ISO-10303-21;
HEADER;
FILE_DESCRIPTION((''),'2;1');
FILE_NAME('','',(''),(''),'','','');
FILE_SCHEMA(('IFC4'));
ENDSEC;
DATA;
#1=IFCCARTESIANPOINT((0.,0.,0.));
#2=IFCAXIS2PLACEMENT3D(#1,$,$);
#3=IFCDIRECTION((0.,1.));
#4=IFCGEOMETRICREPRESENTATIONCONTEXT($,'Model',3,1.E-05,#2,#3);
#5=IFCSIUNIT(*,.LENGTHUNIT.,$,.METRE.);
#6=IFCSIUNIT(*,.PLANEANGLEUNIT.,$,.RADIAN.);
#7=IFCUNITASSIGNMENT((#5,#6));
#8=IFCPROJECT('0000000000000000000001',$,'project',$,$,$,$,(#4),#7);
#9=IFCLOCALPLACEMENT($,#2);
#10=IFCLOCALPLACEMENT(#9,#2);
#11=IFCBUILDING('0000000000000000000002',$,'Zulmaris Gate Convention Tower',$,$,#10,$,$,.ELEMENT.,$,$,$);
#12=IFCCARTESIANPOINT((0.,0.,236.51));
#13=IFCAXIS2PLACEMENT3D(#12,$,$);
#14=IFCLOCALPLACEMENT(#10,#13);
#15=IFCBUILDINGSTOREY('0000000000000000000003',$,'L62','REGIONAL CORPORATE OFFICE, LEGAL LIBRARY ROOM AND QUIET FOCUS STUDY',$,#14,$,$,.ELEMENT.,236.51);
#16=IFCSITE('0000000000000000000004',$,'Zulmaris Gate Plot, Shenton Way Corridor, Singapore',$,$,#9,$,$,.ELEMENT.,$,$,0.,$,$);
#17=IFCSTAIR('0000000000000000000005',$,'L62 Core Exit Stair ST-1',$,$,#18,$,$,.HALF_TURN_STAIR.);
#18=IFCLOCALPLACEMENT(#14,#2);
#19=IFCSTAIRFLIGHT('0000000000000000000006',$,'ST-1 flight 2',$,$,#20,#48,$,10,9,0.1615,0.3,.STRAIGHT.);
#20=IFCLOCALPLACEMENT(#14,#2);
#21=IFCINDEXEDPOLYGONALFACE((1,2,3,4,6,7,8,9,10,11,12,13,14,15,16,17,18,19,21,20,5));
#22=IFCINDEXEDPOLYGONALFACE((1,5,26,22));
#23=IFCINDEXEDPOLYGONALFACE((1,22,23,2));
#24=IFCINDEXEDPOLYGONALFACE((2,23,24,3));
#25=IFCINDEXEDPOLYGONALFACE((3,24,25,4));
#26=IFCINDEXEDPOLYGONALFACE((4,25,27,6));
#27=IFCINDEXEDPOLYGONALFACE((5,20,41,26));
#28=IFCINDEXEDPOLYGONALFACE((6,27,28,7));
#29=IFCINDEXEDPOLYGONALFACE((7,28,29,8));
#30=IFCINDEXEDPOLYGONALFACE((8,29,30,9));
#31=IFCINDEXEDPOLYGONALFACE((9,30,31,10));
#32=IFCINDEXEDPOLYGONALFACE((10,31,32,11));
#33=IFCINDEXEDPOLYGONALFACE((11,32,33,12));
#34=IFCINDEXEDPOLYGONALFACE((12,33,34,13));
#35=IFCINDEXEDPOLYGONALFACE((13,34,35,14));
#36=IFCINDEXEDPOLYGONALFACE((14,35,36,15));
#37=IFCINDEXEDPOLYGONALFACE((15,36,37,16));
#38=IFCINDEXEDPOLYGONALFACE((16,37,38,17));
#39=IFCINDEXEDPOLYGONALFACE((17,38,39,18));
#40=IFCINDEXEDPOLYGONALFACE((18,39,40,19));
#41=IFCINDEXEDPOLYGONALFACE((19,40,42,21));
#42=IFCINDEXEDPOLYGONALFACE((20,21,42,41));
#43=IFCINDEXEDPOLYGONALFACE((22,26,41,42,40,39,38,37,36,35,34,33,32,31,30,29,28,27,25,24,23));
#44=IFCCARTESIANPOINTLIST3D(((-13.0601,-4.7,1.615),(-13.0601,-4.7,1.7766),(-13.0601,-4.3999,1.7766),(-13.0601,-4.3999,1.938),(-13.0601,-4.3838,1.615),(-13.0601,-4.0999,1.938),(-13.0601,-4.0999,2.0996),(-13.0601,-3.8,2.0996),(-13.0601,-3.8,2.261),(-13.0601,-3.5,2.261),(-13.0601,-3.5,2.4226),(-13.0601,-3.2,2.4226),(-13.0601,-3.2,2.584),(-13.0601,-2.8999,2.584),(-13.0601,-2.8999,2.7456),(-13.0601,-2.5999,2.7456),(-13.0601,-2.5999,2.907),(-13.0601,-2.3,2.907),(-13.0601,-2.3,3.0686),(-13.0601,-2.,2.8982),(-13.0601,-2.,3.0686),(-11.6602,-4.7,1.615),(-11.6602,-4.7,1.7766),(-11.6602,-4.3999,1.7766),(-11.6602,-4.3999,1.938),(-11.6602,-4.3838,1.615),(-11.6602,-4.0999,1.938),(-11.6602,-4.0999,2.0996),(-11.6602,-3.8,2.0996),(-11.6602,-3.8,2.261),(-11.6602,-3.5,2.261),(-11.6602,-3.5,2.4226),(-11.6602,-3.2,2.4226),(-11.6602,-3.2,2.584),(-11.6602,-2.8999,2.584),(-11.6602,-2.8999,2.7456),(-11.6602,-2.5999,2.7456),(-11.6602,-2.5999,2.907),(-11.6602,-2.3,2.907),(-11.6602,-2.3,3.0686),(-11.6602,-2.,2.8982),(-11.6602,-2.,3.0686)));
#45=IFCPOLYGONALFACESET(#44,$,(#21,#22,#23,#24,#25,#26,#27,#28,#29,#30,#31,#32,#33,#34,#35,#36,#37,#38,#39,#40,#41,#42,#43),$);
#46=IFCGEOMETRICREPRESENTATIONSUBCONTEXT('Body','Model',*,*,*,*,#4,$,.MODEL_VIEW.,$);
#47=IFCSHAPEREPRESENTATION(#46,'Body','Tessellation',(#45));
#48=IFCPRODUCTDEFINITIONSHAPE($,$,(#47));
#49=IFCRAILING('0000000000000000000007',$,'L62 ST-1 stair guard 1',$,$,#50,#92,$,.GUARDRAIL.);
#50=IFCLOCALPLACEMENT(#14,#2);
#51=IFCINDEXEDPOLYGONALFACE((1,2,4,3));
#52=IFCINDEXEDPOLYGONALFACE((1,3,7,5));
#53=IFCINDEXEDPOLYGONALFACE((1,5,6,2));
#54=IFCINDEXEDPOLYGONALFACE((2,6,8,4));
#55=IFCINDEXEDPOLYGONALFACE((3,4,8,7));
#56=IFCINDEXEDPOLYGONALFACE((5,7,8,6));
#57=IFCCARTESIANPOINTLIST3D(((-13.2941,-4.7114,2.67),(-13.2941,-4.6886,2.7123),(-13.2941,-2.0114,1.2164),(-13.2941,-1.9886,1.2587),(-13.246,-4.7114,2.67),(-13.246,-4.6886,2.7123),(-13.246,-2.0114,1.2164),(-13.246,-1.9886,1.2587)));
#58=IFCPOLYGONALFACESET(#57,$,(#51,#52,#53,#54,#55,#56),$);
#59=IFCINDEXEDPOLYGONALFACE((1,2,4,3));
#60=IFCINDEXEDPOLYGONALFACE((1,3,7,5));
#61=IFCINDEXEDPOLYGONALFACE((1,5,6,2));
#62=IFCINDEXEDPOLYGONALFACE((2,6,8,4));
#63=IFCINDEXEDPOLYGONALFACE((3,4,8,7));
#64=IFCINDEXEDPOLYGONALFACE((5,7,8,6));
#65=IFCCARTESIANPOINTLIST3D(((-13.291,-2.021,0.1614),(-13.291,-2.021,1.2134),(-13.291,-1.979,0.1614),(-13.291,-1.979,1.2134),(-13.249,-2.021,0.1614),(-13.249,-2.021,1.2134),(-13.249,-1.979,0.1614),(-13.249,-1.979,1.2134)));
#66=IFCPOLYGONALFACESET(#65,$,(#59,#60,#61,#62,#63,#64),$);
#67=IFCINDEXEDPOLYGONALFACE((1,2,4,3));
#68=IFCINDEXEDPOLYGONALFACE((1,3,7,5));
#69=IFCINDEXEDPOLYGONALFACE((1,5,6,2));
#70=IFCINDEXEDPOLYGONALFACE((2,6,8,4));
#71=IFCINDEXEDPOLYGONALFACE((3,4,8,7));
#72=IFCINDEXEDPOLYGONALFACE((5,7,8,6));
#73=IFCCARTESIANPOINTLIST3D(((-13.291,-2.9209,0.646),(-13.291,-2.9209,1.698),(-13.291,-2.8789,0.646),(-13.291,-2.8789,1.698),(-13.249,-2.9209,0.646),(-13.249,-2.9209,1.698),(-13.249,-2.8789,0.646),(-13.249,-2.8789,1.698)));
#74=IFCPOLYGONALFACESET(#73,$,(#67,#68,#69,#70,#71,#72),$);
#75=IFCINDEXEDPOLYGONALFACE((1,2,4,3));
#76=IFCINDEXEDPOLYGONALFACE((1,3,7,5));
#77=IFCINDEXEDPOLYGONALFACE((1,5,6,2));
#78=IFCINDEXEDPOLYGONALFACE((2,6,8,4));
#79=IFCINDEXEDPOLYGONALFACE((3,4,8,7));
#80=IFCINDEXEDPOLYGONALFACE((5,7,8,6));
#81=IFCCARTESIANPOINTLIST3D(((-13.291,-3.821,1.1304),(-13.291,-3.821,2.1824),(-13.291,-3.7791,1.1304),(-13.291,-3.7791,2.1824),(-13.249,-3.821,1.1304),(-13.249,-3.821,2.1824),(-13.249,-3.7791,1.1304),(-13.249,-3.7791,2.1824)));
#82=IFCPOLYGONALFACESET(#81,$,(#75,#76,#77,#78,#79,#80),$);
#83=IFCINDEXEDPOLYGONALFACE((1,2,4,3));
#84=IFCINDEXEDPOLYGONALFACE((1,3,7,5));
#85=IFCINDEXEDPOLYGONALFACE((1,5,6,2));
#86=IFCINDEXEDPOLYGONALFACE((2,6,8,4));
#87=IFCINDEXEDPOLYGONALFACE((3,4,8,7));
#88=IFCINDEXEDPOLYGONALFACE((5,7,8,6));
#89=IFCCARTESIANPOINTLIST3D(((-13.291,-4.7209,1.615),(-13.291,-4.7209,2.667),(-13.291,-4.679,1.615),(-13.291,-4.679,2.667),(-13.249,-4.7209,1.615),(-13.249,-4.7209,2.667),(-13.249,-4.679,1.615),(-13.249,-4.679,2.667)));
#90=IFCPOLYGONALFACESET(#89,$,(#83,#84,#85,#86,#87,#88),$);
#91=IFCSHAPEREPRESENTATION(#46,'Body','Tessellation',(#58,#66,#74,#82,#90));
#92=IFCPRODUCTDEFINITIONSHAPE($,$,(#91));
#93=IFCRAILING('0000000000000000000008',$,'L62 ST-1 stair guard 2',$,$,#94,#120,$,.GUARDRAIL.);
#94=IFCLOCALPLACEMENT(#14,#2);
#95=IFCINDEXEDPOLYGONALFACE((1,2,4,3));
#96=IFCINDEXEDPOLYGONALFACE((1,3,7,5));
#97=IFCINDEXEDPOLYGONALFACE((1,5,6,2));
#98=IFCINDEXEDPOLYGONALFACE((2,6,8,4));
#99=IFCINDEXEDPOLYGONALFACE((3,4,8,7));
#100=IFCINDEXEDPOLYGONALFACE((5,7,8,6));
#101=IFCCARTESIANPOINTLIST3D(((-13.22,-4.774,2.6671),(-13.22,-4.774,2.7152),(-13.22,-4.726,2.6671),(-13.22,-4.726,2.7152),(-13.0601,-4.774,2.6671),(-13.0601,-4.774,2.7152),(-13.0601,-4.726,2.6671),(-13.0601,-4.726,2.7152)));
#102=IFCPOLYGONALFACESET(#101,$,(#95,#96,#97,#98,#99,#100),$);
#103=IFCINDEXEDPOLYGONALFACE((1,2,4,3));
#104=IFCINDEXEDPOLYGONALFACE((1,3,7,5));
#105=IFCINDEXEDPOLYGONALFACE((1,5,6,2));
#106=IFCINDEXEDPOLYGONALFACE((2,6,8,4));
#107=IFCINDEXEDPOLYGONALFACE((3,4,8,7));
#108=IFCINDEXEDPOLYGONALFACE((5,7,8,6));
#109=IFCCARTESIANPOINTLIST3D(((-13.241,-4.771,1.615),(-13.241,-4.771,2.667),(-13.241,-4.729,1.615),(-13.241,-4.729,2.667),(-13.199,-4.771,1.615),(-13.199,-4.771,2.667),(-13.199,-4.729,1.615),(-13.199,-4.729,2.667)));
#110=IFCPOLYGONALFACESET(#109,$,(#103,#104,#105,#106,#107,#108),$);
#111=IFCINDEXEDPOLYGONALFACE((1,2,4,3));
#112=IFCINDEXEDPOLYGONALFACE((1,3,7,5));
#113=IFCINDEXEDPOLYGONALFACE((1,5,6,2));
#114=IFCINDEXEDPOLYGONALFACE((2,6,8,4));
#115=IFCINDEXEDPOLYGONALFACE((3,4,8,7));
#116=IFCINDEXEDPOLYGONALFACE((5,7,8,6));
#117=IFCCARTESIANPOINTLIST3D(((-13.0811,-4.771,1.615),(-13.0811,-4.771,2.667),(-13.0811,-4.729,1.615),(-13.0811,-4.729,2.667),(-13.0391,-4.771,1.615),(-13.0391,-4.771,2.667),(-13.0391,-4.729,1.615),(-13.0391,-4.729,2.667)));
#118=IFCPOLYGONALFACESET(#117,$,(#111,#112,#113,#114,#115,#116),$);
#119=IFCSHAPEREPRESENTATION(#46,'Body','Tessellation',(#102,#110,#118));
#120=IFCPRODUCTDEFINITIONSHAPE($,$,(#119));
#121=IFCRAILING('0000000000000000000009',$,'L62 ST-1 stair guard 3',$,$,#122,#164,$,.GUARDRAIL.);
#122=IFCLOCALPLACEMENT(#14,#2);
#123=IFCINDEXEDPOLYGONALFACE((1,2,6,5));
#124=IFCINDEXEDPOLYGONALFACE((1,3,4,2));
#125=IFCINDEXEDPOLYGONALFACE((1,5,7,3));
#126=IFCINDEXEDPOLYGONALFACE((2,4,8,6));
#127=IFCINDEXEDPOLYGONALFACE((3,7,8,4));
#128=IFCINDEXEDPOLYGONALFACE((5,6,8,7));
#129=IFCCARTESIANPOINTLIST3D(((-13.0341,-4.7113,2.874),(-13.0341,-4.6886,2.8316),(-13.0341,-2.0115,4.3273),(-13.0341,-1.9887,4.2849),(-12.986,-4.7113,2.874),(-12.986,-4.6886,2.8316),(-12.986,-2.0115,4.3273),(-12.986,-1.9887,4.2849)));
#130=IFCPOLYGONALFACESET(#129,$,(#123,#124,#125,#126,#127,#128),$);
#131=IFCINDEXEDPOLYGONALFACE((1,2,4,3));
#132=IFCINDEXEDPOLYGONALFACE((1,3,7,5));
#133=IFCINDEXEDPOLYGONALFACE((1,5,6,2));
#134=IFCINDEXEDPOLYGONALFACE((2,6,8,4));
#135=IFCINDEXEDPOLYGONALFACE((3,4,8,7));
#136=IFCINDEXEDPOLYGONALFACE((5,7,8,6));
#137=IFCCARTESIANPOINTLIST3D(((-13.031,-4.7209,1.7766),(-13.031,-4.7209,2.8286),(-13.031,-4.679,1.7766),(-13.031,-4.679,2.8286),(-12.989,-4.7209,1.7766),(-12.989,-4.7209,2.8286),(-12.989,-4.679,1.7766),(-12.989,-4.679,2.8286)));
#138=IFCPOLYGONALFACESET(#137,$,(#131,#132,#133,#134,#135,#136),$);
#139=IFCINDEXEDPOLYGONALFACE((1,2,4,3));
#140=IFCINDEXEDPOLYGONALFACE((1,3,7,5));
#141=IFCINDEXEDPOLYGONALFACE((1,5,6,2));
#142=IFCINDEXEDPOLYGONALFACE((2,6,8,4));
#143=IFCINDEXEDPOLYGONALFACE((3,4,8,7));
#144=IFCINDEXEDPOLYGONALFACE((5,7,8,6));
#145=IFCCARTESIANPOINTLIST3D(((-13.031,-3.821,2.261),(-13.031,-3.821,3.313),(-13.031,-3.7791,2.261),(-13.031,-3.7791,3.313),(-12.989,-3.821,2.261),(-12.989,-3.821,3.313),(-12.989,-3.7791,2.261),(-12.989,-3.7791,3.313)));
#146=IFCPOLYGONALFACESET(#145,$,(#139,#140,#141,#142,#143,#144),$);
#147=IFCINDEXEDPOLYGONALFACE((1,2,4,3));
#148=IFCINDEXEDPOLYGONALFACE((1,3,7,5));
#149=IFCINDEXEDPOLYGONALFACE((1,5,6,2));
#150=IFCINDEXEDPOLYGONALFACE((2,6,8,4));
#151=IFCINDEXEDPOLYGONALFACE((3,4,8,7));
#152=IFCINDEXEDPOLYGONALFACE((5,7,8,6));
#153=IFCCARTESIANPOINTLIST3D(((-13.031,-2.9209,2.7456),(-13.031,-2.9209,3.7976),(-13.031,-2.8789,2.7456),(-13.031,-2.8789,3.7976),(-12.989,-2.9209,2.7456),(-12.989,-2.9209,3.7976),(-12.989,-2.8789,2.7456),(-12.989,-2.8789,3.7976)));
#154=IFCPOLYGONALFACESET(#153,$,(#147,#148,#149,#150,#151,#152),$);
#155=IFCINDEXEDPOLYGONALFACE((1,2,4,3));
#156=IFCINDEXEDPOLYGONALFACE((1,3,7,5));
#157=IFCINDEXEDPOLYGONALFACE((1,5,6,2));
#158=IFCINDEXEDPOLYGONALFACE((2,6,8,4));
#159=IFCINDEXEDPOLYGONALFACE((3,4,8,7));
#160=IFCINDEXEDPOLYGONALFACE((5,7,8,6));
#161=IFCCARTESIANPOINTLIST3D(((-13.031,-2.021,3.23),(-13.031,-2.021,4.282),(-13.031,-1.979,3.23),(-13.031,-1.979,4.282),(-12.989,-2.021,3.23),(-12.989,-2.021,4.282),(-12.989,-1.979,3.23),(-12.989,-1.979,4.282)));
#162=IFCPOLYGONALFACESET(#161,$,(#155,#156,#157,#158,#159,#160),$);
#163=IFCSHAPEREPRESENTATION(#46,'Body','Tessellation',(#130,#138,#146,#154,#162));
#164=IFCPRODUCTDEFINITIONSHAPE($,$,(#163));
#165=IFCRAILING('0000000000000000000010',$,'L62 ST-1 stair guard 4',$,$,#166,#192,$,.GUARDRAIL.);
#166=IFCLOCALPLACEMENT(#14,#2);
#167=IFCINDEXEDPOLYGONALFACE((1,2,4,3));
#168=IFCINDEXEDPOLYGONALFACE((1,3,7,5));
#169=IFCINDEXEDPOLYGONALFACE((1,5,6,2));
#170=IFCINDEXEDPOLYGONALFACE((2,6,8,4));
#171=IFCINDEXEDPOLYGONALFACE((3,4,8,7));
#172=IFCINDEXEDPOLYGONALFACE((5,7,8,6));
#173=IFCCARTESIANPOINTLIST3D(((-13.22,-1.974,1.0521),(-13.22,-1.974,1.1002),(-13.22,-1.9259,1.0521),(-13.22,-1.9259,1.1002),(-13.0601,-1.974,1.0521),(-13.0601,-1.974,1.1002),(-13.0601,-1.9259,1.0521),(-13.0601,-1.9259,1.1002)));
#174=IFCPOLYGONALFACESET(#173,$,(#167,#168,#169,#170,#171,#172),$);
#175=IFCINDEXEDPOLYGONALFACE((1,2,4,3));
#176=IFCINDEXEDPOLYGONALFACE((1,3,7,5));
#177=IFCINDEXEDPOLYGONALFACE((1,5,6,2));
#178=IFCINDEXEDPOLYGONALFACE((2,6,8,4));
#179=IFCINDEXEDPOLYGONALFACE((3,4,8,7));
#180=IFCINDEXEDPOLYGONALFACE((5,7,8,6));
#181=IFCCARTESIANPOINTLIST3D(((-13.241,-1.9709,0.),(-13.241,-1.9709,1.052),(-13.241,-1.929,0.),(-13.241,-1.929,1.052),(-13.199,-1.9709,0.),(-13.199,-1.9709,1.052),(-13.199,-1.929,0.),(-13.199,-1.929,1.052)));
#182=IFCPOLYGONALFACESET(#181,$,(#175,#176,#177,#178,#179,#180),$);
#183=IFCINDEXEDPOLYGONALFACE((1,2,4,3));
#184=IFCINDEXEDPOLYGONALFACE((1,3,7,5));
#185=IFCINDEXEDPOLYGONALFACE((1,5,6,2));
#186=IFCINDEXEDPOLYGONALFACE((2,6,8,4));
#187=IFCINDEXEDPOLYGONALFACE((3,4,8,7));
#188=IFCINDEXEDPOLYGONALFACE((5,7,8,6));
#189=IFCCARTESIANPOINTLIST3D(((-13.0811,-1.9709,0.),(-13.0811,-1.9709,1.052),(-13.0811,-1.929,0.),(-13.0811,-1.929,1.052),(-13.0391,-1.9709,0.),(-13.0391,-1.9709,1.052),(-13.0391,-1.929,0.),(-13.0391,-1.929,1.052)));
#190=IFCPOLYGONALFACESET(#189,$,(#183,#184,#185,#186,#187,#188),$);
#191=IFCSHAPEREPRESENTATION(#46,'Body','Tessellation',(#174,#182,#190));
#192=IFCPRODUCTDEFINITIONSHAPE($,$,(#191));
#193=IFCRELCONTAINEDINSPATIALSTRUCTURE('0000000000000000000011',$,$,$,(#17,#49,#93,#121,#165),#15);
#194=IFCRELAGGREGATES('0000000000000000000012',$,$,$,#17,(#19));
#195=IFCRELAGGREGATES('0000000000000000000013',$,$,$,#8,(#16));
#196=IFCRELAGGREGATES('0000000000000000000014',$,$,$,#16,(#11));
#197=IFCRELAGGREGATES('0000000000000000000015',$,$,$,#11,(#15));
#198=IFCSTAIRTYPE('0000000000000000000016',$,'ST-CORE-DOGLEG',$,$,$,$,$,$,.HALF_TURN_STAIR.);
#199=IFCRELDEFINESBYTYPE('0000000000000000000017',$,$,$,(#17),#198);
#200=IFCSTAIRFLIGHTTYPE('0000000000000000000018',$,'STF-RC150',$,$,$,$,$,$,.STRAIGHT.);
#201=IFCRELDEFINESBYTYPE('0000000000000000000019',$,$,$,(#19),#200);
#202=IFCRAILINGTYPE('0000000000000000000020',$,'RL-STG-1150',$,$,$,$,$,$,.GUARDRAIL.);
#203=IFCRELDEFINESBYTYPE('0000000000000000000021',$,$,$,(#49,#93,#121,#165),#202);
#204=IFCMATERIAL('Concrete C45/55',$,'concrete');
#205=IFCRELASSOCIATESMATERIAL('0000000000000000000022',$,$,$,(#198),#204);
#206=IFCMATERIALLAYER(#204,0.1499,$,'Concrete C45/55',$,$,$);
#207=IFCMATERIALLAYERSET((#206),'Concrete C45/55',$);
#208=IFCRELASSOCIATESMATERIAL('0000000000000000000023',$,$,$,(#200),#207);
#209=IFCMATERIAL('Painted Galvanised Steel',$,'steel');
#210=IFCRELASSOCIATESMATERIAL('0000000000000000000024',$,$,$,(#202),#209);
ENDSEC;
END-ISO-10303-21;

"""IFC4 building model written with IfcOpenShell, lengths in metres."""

from ifc_helpers import new_model, si_unit, direction, frame, origin, origin_2d, place, context, subcontext, project, spatial, polyline, rectangle, outline, extrude, material, layer, layer_set, type_object, element, aggregate, save


model = new_model("IFC4")

# Units and contexts
model_context = context("Model", 3, precision=1e-05, world=origin(), true_north=direction((0.0, 1.0)))
body_context = subcontext(model_context, "Body", "Model", "MODEL_VIEW")
ifc_project = project(units=[si_unit("LENGTHUNIT", "METRE"), si_unit("PLANEANGLEUNIT", "RADIAN")], contexts=[model_context])

# Site, building, storey
site_placement = place(None, origin())
site = spatial("IfcSite", under=ifc_project, at=site_placement, Name="Zulmaris Gate Plot, Shenton Way Corridor, Singapore", CompositionType="ELEMENT", RefElevation=0.0)
building_placement = place(site_placement, origin())
building = spatial("IfcBuilding", under=site, at=building_placement, Name="Zulmaris Gate Convention Tower", CompositionType="ELEMENT")
storey_placement = place(building_placement, frame((0.0, 0.0, 236.51)))
storey = spatial("IfcBuildingStorey", under=building, at=storey_placement, Name="L62", Description="REGIONAL CORPORATE OFFICE, LEGAL LIBRARY ROOM AND QUIET FOCUS STUDY", CompositionType="ELEMENT", Elevation=236.51)

# Stair, stair flight
ifc_material_1 = material(Name="Concrete C45/55", Category="concrete")
stair_type = type_object("IfcStairType", Name="ST-CORE-DOGLEG", PredefinedType="HALF_TURN_STAIR", material=ifc_material_1)
stair_placement = place(storey_placement, origin())
stair = element("IfcStair", 1, at=stair_placement, inside=storey, type_object=stair_type, Name="L62 Core Exit Stair ST-1", PredefinedType="HALF_TURN_STAIR")
ifc_layer_1 = layer(ifc_material_1, 0.1499, Name="Concrete C45/55")
ifc_layer_set_1 = layer_set([ifc_layer_1], Name="Concrete C45/55")
stair_flight_type = type_object("IfcStairFlightType", Name="STF-RC150", PredefinedType="STRAIGHT", material=ifc_layer_set_1)
stair_flight_1_placement = place(storey_placement, frame((-12.3601, -4.7, 1.615), z_axis=(0.0, 0.0, 1.0), x_axis=(0.0, 1.0, 0.0)))
stair_flight_1 = element("IfcStairFlight", 2, at=stair_flight_1_placement, type_object=stair_flight_type, Name="ST-1 flight 2", NumberOfRisers=10, NumberOfTreads=9, PredefinedType="STRAIGHT", RiserHeight=0.1615, TreadLength=0.3, context=body_context, shape_type="SweptSolid", body=[
    extrude(outline(polyline([(0.0, 0.0), (0.0, 0.1616), (0.3, 0.1616), (0.3, 0.323), (0.6001, 0.323), (0.6001, 0.4846), (0.8999, 0.4846), (0.8999, 0.646), (1.2, 0.646), (1.2, 0.8076), (1.5, 0.8076), (1.5, 0.969), (1.8, 0.969), (1.8, 1.1306), (2.1001, 1.1306), (2.1001, 1.292), (2.3999, 1.292), (2.3999, 1.4536), (2.7, 1.4536), (2.7, 1.615), (2.7, 1.2832), (0.3162, 0.0), (0.0, 0.0)])), frame((0.0, 0.7, 0.0), z_axis=(0.0, -1.0, 0.0), x_axis=(1.0, 0.0, 0.0)), (0.0, 0.0, 1.0), 1.3999),
])
aggregate(stair, [stair_flight_1])

# Railings
ifc_material_2 = material(Name="Painted Galvanised Steel", Category="steel")
railing_type_1 = type_object("IfcRailingType", Name="RL-STG-1150", PredefinedType="GUARDRAIL", material=ifc_material_2)
railing_1_placement = place(storey_placement, frame((-13.27, -2.0, 0.1614)))
element("IfcRailing", 3, at=railing_1_placement, inside=storey, type_object=railing_type_1, Name="L62 ST-1 stair guard 1", PredefinedType="GUARDRAIL", context=body_context, shape_type="SweptSolid", body=[
    extrude(rectangle(XDim=0.0481, YDim=0.0481, at=origin_2d()), frame((0.0, 0.0, 1.0762), z_axis=(0.0, -0.880499, 0.474048), x_axis=(1.0, 0.0, 0.0)), (0.0, 0.0, 1.0), 3.0664),
    extrude(rectangle(XDim=0.042, YDim=0.042, at=origin_2d()), origin(), (0.0, 0.0, 1.0), 1.052),
    extrude(rectangle(XDim=0.042, YDim=0.042, at=origin_2d()), frame((0.0, -0.8999, 0.4846)), (0.0, 0.0, 1.0), 1.052),
    extrude(rectangle(XDim=0.042, YDim=0.042, at=origin_2d()), frame((0.0, -1.8, 0.969)), (0.0, 0.0, 1.0), 1.052),
    extrude(rectangle(XDim=0.042, YDim=0.042, at=origin_2d()), frame((0.0, -2.7, 1.4536)), (0.0, 0.0, 1.0), 1.052),
])
railing_2_placement = place(storey_placement, frame((-13.22, -4.75, 1.615)))
element("IfcRailing", 4, at=railing_2_placement, inside=storey, type_object=railing_type_1, Name="L62 ST-1 stair guard 2", PredefinedType="GUARDRAIL", context=body_context, shape_type="SweptSolid", body=[
    extrude(rectangle(XDim=0.0481, YDim=0.0481, at=origin_2d()), frame((0.0, 0.0, 1.0762), z_axis=(1.0, 0.0, 0.0), x_axis=(0.0, 1.0, 0.0)), (0.0, 0.0, 1.0), 0.1599),
    extrude(rectangle(XDim=0.042, YDim=0.042, at=origin_2d()), origin(), (0.0, 0.0, 1.0), 1.052),
    extrude(rectangle(XDim=0.042, YDim=0.042, at=origin_2d()), frame((0.1599, 0.0, 0.0)), (0.0, 0.0, 1.0), 1.052),
])
railing_3_placement = place(storey_placement, frame((-13.01, -4.7, 1.7766)))
element("IfcRailing", 5, at=railing_3_placement, inside=storey, type_object=railing_type_1, Name="L62 ST-1 stair guard 3", PredefinedType="GUARDRAIL", context=body_context, shape_type="SweptSolid", body=[
    extrude(rectangle(XDim=0.0481, YDim=0.0481, at=origin_2d()), frame((0.0, 0.0, 1.0762), z_axis=(0.0, 0.880532, 0.473986), x_axis=(-1.0, 0.0, 0.0)), (0.0, 0.0, 1.0), 3.0662),
    extrude(rectangle(XDim=0.042, YDim=0.042, at=origin_2d()), origin(), (0.0, 0.0, 1.0), 1.052),
    extrude(rectangle(XDim=0.042, YDim=0.042, at=origin_2d()), frame((0.0, 0.8999, 0.4844)), (0.0, 0.0, 1.0), 1.052),
    extrude(rectangle(XDim=0.042, YDim=0.042, at=origin_2d()), frame((0.0, 1.8, 0.969)), (0.0, 0.0, 1.0), 1.052),
    extrude(rectangle(XDim=0.042, YDim=0.042, at=origin_2d()), frame((0.0, 2.7, 1.4534)), (0.0, 0.0, 1.0), 1.052),
])
railing_4_placement = place(storey_placement, frame((-13.22, -1.95, 0.0)))
element("IfcRailing", 6, at=railing_4_placement, inside=storey, type_object=railing_type_1, Name="L62 ST-1 stair guard 4", PredefinedType="GUARDRAIL", context=body_context, shape_type="SweptSolid", body=[
    extrude(rectangle(XDim=0.0481, YDim=0.0481, at=origin_2d()), frame((0.0, 0.0, 1.0762), z_axis=(1.0, 0.0, 0.0), x_axis=(0.0, 1.0, 0.0)), (0.0, 0.0, 1.0), 0.1599),
    extrude(rectangle(XDim=0.042, YDim=0.042, at=origin_2d()), origin(), (0.0, 0.0, 1.0), 1.052),
    extrude(rectangle(XDim=0.042, YDim=0.042, at=origin_2d()), frame((0.1599, 0.0, 0.0)), (0.0, 0.0, 1.0), 1.052),
])

save(model, "model.ifc")
